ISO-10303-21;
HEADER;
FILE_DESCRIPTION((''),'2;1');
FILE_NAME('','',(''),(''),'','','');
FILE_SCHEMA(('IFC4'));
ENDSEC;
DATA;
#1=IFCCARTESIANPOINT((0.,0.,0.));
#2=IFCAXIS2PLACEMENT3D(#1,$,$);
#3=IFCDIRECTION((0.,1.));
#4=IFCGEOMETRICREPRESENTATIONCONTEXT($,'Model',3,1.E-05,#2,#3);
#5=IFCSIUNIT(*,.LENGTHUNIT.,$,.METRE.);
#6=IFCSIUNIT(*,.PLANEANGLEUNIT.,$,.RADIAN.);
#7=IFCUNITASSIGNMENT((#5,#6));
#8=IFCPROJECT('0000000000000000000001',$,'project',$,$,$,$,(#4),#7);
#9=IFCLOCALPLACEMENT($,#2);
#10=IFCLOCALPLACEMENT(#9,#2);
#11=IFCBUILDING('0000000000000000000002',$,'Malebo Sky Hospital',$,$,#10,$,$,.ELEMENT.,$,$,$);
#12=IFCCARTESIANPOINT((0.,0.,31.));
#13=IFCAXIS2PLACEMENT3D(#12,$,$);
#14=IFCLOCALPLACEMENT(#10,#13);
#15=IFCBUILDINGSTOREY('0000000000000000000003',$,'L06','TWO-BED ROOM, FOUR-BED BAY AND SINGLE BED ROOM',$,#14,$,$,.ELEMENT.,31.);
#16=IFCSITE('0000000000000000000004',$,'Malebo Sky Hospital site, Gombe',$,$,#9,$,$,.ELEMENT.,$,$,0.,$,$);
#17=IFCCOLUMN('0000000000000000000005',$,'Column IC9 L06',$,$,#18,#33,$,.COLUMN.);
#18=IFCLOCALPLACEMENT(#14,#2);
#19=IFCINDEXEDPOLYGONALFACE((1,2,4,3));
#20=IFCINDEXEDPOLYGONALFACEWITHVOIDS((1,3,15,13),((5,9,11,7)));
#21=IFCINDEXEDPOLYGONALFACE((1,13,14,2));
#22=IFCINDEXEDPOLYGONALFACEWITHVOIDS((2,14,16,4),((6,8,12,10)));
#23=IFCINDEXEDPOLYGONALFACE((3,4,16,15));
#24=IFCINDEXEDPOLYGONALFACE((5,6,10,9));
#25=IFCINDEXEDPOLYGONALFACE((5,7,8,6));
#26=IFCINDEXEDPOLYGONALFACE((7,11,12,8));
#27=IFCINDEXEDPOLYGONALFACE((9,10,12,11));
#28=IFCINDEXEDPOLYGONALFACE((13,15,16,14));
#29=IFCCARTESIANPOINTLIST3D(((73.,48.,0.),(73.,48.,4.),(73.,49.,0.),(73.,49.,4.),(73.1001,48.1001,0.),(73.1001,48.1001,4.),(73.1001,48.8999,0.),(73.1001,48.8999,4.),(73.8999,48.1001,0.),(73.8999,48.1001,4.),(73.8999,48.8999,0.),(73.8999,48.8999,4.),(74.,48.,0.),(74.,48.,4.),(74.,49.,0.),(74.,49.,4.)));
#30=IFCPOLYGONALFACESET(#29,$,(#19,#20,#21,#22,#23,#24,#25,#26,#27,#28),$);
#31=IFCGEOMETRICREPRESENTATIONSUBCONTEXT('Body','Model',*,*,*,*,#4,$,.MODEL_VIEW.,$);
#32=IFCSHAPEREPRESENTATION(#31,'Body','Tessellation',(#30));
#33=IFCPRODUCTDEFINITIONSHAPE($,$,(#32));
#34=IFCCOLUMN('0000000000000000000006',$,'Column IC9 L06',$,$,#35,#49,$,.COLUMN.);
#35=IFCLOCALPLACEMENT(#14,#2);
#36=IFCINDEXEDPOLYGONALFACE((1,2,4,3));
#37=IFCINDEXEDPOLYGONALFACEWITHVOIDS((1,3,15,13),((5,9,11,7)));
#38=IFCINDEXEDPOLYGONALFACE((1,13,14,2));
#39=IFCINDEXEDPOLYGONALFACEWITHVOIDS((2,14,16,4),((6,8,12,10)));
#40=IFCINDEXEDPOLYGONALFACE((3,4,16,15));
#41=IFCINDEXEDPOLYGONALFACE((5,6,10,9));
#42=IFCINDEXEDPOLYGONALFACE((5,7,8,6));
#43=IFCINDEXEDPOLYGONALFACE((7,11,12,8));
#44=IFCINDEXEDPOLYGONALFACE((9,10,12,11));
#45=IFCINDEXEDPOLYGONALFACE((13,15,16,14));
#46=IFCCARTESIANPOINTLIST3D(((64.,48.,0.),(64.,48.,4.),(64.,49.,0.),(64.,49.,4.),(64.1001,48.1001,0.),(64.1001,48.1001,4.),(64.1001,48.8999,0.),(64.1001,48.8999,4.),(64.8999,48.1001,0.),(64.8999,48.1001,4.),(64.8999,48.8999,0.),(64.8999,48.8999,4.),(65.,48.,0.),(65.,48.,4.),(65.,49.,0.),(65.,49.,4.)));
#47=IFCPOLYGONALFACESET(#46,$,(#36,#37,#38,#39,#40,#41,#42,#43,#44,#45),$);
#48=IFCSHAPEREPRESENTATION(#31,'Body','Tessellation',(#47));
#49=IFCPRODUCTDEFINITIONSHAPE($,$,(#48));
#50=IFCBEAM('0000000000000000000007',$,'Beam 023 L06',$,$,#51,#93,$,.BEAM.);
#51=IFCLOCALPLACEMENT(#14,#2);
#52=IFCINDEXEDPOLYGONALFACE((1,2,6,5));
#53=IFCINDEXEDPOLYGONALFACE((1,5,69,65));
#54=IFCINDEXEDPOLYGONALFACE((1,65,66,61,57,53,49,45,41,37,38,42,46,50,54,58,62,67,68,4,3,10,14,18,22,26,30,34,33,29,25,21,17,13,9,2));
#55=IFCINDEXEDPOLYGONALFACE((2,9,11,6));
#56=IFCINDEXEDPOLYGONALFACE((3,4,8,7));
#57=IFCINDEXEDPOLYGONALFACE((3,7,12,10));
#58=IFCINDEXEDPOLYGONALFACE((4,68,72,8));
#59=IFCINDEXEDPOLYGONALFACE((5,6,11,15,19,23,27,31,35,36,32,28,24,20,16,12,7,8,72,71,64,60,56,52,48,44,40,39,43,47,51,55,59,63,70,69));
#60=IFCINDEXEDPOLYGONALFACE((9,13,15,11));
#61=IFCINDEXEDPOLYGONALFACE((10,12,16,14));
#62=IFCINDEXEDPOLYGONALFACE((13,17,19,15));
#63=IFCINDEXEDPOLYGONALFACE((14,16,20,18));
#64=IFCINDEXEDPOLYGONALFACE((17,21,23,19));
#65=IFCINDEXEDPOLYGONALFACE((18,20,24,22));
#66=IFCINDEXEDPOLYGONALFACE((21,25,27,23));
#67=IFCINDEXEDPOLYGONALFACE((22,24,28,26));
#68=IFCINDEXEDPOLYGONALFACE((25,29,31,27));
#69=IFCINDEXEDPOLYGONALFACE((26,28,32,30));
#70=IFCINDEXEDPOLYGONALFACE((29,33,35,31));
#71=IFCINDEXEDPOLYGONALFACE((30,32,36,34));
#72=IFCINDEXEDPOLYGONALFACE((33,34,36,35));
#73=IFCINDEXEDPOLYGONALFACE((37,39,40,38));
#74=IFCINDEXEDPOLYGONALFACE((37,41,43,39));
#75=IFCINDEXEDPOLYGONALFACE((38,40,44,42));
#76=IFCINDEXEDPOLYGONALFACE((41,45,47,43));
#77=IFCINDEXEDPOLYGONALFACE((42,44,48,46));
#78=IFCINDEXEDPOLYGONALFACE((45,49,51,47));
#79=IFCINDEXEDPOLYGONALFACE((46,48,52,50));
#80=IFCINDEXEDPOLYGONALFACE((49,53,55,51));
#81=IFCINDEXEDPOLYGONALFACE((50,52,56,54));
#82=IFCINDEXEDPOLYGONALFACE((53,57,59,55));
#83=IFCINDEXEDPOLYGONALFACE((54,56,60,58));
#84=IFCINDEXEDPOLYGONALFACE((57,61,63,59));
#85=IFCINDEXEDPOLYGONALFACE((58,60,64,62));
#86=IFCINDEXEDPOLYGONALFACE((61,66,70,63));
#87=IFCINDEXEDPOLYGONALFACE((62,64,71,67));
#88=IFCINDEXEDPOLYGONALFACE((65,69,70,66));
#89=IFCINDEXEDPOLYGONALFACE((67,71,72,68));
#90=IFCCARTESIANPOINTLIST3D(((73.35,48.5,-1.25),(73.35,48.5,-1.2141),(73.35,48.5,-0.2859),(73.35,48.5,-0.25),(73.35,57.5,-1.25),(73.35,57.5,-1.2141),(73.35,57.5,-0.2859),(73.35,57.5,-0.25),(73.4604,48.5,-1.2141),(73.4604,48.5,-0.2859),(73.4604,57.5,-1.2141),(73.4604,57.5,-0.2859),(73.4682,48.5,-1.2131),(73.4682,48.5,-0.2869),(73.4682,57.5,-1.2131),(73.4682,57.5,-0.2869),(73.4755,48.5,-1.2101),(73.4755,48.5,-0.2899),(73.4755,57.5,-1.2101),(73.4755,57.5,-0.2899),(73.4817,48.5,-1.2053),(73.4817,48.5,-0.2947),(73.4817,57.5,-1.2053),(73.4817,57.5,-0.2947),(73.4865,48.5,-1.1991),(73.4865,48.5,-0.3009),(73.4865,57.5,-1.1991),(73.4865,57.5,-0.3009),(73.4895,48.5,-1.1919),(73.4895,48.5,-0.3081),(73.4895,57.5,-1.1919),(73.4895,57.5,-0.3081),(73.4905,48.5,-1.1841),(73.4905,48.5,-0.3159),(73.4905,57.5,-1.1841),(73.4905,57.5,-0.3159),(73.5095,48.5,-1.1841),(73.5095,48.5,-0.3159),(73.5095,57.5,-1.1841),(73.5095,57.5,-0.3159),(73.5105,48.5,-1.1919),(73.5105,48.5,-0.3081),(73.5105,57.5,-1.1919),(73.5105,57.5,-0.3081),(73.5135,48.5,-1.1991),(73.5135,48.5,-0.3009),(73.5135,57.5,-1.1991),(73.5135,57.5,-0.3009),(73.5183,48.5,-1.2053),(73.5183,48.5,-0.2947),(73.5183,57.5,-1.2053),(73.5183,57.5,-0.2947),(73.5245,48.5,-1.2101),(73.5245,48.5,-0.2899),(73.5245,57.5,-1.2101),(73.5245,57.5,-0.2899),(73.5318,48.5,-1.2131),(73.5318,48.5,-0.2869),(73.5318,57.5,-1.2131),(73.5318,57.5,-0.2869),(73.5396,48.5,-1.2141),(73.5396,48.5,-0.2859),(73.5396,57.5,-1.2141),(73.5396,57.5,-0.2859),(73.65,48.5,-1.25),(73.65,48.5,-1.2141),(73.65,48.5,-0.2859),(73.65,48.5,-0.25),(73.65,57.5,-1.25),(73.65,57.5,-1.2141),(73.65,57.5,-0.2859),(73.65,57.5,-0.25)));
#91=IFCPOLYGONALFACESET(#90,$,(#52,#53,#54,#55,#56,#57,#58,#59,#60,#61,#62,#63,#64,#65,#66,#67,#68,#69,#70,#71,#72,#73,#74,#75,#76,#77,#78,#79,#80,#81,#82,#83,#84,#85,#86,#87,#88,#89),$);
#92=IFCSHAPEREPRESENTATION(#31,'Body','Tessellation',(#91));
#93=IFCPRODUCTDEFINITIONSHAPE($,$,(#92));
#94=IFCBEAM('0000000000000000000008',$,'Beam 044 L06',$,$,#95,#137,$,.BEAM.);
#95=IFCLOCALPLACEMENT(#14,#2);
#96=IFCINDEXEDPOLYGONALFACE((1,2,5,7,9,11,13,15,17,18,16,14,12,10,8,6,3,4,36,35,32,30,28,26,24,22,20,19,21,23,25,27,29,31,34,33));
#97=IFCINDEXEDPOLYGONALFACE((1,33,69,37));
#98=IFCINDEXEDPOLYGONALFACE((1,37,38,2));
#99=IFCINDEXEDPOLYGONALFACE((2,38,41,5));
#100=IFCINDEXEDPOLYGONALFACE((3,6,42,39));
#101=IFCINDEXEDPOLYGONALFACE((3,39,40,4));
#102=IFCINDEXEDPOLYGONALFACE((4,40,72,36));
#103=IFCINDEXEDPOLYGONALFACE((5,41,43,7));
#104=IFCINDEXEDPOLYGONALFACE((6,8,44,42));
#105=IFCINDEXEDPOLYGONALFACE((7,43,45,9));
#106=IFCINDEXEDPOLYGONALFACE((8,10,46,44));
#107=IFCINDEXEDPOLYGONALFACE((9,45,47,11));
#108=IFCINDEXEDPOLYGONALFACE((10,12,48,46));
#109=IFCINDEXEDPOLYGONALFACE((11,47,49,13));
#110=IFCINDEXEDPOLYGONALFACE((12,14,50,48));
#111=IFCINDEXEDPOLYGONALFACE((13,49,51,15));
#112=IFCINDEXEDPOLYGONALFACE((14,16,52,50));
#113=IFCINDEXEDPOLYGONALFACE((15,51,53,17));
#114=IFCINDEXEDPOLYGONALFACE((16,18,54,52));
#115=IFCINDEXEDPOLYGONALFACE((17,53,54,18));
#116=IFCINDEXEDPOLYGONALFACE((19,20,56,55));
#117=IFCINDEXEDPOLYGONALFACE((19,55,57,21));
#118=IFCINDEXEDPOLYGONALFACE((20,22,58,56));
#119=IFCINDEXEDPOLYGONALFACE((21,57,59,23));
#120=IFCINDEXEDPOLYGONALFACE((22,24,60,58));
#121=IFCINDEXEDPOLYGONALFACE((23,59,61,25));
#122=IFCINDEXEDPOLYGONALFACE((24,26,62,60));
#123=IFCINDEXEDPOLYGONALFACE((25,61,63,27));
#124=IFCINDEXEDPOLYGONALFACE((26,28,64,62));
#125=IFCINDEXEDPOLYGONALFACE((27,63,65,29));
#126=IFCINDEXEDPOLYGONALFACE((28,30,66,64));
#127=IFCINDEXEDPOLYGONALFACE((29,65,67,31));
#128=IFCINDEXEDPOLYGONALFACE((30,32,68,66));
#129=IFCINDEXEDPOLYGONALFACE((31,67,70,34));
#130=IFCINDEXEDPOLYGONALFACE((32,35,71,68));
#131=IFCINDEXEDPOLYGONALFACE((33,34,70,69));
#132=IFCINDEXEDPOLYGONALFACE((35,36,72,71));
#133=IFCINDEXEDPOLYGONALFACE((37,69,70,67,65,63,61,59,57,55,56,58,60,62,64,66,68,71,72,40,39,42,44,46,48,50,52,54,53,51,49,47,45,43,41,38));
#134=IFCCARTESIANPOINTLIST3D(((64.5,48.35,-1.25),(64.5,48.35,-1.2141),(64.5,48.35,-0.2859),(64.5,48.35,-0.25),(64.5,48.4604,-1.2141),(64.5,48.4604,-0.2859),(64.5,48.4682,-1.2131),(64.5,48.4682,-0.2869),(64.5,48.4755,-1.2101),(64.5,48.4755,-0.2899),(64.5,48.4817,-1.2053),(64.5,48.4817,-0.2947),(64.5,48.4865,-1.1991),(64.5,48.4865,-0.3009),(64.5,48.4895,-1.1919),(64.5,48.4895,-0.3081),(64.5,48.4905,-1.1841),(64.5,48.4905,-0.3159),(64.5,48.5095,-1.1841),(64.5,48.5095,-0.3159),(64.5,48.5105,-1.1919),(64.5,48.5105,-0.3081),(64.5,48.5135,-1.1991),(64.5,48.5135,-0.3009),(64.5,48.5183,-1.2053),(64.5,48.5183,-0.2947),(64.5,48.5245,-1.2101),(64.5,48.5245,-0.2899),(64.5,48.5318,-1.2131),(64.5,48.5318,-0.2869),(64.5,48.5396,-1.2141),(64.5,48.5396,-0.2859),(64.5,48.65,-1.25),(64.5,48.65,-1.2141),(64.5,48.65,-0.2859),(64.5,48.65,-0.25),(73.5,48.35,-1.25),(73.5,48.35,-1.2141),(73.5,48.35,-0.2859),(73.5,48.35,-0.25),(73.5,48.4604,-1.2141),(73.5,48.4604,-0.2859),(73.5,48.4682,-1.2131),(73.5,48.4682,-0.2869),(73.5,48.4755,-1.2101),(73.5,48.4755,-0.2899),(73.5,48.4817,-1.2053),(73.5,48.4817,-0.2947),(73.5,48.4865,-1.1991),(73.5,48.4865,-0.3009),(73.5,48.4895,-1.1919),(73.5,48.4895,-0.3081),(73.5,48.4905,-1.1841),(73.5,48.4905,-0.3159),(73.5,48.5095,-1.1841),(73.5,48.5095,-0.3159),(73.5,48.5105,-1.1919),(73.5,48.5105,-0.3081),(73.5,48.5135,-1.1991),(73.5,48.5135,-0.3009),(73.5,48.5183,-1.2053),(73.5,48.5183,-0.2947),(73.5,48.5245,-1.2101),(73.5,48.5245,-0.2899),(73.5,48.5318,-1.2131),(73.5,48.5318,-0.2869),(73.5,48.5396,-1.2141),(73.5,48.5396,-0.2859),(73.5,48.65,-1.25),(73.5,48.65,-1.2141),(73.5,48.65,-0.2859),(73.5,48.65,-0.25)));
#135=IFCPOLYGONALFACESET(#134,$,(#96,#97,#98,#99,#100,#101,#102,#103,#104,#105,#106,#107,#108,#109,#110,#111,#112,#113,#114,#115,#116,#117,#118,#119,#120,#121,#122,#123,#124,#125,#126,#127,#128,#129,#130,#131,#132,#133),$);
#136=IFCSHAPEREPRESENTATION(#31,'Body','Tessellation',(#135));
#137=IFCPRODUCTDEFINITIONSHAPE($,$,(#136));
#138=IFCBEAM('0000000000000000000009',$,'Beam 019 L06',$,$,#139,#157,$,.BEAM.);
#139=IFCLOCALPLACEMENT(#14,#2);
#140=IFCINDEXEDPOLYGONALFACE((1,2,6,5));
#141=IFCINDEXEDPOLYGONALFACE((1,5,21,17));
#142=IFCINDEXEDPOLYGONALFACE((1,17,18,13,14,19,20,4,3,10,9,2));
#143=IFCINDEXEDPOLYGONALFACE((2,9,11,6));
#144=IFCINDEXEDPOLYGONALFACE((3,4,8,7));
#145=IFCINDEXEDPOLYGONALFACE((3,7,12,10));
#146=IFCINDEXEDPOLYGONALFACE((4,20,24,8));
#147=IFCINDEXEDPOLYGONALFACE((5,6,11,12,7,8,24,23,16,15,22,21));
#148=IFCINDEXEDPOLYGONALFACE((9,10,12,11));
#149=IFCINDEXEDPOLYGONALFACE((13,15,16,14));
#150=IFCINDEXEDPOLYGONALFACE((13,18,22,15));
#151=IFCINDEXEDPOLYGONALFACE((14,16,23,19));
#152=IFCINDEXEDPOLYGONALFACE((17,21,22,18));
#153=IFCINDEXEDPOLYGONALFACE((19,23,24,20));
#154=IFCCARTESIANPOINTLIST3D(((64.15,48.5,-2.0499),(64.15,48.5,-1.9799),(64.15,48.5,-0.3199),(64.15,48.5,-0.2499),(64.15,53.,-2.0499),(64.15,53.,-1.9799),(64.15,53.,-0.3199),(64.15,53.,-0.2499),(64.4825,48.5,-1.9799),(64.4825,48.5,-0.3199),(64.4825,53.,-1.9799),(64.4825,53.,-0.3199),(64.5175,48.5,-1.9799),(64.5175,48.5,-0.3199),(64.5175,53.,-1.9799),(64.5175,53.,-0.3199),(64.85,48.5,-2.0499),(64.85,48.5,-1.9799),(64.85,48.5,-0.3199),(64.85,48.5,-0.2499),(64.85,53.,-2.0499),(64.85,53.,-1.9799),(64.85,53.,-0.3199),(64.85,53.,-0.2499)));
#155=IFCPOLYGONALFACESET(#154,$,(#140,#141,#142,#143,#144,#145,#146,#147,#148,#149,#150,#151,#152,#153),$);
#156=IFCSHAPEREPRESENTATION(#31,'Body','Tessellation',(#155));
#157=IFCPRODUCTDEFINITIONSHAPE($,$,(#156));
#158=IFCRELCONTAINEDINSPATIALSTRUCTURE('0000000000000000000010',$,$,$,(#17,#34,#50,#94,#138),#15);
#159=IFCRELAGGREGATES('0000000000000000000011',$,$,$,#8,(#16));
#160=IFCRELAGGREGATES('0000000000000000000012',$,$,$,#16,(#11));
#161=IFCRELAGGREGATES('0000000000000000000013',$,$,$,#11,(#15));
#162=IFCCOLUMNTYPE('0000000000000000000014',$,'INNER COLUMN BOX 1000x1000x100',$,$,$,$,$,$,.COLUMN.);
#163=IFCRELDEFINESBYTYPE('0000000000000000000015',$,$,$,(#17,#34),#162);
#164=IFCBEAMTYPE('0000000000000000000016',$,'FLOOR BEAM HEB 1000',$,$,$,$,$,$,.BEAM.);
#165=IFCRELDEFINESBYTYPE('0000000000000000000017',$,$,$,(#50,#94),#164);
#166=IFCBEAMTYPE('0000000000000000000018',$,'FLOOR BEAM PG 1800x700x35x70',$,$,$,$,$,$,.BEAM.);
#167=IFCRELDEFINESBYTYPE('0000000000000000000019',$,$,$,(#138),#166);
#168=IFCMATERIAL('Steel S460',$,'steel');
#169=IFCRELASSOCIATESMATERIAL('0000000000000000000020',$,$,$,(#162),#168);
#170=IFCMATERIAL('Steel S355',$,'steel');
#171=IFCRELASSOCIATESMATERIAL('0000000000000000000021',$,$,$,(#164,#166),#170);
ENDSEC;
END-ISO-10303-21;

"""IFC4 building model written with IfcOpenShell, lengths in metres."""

from ifc_helpers import new_model, si_unit, direction, frame, origin, origin_2d, place, context, subcontext, project, spatial, hollow_rectangle, i_section, extrude, material, material_profile, profile_set, type_object, element, save


model = new_model("IFC4")

# Units and contexts
model_context = context("Model", 3, precision=1e-05, world=origin(), true_north=direction((0.0, 1.0)))
body_context = subcontext(model_context, "Body", "Model", "MODEL_VIEW")
ifc_project = project(units=[si_unit("LENGTHUNIT", "METRE"), si_unit("PLANEANGLEUNIT", "RADIAN")], contexts=[model_context])

# Site, building, storey
site_placement = place(None, origin())
site = spatial("IfcSite", under=ifc_project, at=site_placement, Name="Malebo Sky Hospital site, Gombe", CompositionType="ELEMENT", RefElevation=0.0)
building_placement = place(site_placement, origin())
building = spatial("IfcBuilding", under=site, at=building_placement, Name="Malebo Sky Hospital", CompositionType="ELEMENT")
storey_placement = place(building_placement, frame((0.0, 0.0, 31.0)))
storey = spatial("IfcBuildingStorey", under=building, at=storey_placement, Name="L06", Description="TWO-BED ROOM, FOUR-BED BAY AND SINGLE BED ROOM", CompositionType="ELEMENT", Elevation=31.0)

# Columns
ifc_material_1 = material(Name="Steel S460", Category="steel")
ifc_material_profile_1 = material_profile(ifc_material_1, hollow_rectangle(XDim=1.0, YDim=1.0, WallThickness=0.1001, at=origin_2d()), Name="BOX 1000x1000x100")
ifc_profile_set_1 = profile_set([ifc_material_profile_1], Name="Steel S460")
column_type = type_object("IfcColumnType", Name="INNER COLUMN BOX 1000x1000x100", PredefinedType="COLUMN", material=ifc_profile_set_1)
for number, where, z_axis, x_axis, name in (
    (1, (73.5, 48.5, 0.0), (0.0, 0.0, 1.0), (1.0, 0.0, 0.0), "Column IC9 L06"),
    (2, (64.5, 48.5, 0.0), (0.0, 0.0, 1.0), (1.0, 0.0, 0.0), "Column IC9 L06"),
):
    element("IfcColumn", number, at=place(storey_placement, frame(where, z_axis=z_axis, x_axis=x_axis)), inside=storey, type_object=column_type, Name=name, PredefinedType="COLUMN", context=body_context, shape_type="SweptSolid", body=[
        extrude(hollow_rectangle(XDim=1.0, YDim=1.0, WallThickness=0.1001, at=origin_2d()), origin(), (0.0, 0.0, 1.0), 4.0),
    ])

# Beams
ifc_material_2 = material(Name="Steel S355", Category="steel")
ifc_material_profile_2 = material_profile(ifc_material_2, i_section(OverallWidth=0.3, OverallDepth=1.0, WebThickness=0.019, FlangeThickness=0.0359, FilletRadius=0.03, at=origin_2d()), Name="HEB 1000")
ifc_profile_set_2 = profile_set([ifc_material_profile_2], Name="Steel S355")
beam_type_1 = type_object("IfcBeamType", Name="FLOOR BEAM HEB 1000", PredefinedType="BEAM", material=ifc_profile_set_2)
for number, where, z_axis, x_axis, name in (
    (3, (73.5, 48.5, -0.75), (0.0, 1.0, 0.0), (-1.0, 0.0, 0.0), "Beam 023 L06"),
    (4, (64.5, 48.5, -0.75), (1.0, 0.0, 0.0), (0.0, 1.0, 0.0), "Beam 044 L06"),
):
    element("IfcBeam", number, at=place(storey_placement, frame(where, z_axis=z_axis, x_axis=x_axis)), inside=storey, type_object=beam_type_1, Name=name, PredefinedType="BEAM", context=body_context, shape_type="SweptSolid", body=[
        extrude(i_section(OverallWidth=0.3, OverallDepth=1.0, WebThickness=0.019, FlangeThickness=0.0359, FilletRadius=0.03, at=origin_2d()), origin(), (0.0, 0.0, 1.0), 9.0),
    ])
ifc_material_profile_3 = material_profile(ifc_material_2, i_section(OverallWidth=0.7, OverallDepth=1.8, WebThickness=0.0349, FlangeThickness=0.0701, at=origin_2d()), Name="PG 1800x700x35x70")
ifc_profile_set_3 = profile_set([ifc_material_profile_3], Name="Steel S355")
beam_type_2 = type_object("IfcBeamType", Name="FLOOR BEAM PG 1800x700x35x70", PredefinedType="BEAM", material=ifc_profile_set_3)
beam_1_placement = place(storey_placement, frame((64.5, 48.5, -1.1499), z_axis=(0.0, 1.0, 0.0), x_axis=(-1.0, 0.0, 0.0)))
element("IfcBeam", 5, at=beam_1_placement, inside=storey, type_object=beam_type_2, Name="Beam 019 L06", PredefinedType="BEAM", context=body_context, shape_type="SweptSolid", body=[
    extrude(i_section(OverallWidth=0.7, OverallDepth=1.8, WebThickness=0.0349, FlangeThickness=0.0701, at=origin_2d()), origin(), (0.0, 0.0, 1.0), 4.5),
])

save(model, "model.ifc")
